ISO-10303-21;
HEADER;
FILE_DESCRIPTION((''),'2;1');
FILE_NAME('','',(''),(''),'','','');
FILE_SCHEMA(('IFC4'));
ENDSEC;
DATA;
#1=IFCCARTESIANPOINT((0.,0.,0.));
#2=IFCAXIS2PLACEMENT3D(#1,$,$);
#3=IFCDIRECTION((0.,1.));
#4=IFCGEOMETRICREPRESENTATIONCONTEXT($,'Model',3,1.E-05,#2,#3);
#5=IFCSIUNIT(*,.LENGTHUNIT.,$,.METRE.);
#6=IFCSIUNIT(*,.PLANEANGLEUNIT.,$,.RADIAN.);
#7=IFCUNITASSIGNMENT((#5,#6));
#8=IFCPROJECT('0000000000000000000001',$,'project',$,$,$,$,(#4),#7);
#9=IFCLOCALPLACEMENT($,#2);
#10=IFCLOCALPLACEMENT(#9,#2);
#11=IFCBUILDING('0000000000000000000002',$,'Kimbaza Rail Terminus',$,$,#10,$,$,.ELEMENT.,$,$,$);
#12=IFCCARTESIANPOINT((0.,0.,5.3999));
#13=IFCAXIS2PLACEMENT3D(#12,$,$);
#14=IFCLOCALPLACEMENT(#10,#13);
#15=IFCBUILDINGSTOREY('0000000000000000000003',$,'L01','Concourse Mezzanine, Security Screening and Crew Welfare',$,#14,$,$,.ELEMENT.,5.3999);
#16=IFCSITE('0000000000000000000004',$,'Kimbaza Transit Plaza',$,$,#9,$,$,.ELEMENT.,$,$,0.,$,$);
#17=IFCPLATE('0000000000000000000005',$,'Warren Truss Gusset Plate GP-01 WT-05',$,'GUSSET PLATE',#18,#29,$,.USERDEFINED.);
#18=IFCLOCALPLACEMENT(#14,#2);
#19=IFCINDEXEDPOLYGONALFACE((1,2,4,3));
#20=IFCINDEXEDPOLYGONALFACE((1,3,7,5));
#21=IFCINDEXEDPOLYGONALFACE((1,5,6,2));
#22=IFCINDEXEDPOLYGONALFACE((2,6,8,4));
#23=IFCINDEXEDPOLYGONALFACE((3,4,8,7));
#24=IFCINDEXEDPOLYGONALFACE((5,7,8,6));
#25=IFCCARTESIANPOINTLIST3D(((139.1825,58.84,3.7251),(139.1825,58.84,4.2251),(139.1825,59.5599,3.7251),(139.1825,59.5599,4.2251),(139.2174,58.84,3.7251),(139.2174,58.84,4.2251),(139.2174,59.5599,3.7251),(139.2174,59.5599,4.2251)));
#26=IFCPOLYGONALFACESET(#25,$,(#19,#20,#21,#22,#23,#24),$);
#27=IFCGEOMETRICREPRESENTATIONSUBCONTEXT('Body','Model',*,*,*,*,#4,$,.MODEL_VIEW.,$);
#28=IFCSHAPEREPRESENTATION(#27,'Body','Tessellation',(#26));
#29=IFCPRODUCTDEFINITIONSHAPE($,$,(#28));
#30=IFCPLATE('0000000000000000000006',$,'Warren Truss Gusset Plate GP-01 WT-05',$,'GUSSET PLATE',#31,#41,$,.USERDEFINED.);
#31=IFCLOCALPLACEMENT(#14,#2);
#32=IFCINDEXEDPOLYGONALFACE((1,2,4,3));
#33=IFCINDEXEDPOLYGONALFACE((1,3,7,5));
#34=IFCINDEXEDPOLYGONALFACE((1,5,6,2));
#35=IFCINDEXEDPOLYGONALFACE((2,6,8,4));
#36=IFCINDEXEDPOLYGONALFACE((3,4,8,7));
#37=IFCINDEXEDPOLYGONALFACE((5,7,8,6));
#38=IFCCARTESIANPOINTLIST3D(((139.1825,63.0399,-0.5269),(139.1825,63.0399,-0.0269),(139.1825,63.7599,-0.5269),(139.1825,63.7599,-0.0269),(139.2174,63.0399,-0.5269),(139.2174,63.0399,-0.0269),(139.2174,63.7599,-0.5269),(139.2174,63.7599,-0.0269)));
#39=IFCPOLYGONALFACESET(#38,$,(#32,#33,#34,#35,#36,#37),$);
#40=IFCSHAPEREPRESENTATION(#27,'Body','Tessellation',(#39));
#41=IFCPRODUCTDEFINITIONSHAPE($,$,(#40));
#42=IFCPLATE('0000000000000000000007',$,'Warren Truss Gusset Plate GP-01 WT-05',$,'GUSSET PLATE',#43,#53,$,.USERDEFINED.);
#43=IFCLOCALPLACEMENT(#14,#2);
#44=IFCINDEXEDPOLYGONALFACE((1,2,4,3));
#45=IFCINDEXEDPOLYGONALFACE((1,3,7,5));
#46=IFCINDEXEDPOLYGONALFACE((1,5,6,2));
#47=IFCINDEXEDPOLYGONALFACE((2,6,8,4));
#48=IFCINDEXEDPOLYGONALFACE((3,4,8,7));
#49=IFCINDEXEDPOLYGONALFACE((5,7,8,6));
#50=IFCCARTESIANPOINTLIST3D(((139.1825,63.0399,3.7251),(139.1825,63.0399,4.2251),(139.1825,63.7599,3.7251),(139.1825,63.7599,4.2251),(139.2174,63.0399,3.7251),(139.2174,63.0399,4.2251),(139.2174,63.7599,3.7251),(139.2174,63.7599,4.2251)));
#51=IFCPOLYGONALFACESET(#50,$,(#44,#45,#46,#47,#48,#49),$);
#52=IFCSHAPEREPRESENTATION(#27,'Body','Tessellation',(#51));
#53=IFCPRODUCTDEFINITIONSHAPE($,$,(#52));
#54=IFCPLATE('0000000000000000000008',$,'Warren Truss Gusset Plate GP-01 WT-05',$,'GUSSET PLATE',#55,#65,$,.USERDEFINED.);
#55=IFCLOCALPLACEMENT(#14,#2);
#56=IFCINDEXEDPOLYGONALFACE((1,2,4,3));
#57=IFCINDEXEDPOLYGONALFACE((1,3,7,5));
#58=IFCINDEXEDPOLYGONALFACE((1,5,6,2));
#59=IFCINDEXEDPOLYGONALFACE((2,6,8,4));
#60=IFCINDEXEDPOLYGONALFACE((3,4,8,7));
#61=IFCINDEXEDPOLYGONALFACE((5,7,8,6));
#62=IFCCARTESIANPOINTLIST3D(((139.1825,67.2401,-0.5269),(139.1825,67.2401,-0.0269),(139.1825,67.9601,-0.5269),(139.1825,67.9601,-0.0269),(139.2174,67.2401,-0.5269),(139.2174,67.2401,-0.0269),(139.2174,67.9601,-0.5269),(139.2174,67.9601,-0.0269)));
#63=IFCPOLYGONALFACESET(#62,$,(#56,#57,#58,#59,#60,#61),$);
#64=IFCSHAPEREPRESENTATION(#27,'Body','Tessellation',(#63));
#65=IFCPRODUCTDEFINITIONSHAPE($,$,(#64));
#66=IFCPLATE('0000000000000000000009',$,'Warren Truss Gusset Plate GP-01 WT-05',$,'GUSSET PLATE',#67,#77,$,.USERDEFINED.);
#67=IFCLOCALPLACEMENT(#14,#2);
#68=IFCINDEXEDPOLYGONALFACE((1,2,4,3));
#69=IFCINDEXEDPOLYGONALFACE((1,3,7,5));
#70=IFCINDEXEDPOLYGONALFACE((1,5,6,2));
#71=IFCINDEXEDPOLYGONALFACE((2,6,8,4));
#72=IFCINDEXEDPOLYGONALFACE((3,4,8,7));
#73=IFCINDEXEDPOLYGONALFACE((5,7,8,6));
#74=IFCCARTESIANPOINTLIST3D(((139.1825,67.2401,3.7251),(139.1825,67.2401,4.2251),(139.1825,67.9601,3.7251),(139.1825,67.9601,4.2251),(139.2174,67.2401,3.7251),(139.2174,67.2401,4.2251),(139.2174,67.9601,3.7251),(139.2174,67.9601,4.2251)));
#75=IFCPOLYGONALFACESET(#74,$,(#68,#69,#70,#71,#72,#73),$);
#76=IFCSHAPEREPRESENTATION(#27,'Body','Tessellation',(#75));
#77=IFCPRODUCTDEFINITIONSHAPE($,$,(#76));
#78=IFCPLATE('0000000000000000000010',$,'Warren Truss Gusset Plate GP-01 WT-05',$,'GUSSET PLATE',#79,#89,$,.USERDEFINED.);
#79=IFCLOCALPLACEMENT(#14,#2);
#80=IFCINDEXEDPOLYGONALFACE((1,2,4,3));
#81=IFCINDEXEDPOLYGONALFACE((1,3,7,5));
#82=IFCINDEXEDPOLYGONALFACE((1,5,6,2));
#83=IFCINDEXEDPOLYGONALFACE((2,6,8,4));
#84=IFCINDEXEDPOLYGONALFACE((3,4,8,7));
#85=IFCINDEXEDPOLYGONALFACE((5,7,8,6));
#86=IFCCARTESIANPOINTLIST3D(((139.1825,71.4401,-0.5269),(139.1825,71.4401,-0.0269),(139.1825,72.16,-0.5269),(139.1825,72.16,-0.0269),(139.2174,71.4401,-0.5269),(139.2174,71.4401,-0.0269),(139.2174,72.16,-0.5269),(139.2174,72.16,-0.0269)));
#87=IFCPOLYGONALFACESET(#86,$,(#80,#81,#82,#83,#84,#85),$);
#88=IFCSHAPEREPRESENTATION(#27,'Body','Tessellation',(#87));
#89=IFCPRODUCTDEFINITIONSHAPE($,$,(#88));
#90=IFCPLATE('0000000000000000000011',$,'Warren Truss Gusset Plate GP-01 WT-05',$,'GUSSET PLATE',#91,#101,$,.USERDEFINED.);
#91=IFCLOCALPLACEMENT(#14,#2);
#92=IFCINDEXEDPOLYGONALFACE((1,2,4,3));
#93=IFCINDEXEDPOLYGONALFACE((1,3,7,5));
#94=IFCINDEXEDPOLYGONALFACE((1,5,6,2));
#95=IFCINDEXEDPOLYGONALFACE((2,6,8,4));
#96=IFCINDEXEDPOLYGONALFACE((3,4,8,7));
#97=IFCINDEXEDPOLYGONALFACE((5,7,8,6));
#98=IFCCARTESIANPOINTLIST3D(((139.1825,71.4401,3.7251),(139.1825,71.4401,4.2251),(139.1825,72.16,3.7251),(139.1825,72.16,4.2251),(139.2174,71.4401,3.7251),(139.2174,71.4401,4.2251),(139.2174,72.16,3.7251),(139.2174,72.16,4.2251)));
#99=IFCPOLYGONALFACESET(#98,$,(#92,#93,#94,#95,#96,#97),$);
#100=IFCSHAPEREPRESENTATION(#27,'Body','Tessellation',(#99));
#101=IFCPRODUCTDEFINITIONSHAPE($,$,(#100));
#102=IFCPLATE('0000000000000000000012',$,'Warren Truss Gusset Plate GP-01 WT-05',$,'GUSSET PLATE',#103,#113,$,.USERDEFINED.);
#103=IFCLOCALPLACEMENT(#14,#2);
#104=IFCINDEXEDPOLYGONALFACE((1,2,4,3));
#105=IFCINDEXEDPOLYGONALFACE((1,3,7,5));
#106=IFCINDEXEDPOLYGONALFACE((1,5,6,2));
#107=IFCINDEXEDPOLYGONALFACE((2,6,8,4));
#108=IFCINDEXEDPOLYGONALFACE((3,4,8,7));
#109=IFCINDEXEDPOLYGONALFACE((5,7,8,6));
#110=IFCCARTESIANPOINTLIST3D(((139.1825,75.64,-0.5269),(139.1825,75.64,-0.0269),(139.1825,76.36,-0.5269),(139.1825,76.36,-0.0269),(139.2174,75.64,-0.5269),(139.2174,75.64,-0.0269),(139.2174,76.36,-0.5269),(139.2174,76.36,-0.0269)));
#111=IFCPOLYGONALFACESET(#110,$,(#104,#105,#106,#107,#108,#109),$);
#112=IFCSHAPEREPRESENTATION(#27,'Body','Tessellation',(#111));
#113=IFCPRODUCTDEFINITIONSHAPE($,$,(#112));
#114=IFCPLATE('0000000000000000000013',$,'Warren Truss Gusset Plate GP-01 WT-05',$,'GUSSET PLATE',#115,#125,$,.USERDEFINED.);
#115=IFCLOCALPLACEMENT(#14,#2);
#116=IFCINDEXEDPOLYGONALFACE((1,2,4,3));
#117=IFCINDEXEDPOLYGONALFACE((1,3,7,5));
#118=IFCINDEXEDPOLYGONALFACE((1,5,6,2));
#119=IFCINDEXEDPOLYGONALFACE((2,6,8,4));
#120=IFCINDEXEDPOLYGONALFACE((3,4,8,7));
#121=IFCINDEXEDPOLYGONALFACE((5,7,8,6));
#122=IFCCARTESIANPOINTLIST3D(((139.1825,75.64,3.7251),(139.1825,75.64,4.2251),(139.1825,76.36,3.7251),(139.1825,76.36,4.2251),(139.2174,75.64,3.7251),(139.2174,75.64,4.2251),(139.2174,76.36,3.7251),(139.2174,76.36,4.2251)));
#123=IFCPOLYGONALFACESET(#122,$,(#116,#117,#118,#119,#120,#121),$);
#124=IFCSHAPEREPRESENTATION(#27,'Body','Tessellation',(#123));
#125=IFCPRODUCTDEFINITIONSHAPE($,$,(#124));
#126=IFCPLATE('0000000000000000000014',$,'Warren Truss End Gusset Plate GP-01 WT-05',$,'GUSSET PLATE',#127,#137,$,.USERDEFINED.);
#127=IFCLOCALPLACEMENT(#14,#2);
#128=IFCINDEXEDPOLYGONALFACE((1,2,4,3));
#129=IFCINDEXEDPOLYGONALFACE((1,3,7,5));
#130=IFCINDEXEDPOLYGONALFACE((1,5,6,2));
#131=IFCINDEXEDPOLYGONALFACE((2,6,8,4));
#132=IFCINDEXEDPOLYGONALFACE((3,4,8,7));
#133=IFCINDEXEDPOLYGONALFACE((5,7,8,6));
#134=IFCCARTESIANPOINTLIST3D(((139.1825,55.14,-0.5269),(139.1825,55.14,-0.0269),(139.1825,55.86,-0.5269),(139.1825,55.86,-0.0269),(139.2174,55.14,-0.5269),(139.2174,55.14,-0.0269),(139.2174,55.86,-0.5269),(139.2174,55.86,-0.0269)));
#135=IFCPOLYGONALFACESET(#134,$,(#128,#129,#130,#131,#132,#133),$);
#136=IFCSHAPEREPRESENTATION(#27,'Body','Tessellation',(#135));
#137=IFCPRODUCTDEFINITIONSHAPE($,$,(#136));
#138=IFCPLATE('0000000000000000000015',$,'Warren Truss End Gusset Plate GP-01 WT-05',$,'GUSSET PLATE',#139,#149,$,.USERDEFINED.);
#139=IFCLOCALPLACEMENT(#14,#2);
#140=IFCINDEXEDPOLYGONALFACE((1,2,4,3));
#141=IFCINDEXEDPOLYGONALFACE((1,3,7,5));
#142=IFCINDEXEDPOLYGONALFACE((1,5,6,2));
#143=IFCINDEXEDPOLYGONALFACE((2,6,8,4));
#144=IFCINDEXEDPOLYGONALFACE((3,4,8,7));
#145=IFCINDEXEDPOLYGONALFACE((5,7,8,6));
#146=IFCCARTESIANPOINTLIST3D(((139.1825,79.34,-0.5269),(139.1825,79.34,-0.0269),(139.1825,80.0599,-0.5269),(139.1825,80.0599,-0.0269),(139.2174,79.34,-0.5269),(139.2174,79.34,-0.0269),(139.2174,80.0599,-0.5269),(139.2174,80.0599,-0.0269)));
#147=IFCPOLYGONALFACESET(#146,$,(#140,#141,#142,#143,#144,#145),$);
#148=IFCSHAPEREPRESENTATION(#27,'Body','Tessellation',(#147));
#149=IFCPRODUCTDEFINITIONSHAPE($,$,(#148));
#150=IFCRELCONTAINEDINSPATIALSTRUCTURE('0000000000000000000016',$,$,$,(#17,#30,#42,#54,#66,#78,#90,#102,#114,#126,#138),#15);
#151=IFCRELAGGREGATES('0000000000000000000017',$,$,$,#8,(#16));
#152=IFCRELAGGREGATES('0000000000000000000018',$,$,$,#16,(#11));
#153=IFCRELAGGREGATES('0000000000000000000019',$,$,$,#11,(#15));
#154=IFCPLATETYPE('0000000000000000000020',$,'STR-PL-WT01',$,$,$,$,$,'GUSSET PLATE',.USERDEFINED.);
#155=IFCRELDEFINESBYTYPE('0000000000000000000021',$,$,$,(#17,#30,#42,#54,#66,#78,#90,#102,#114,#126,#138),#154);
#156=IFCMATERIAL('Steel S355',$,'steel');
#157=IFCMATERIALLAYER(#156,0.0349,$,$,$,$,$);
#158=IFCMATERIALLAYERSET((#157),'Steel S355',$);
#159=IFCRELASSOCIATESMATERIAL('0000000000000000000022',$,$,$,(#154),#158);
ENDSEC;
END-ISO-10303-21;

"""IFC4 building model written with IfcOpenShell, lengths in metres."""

from ifc_helpers import new_model, si_unit, direction, frame, origin, origin_2d, place, context, subcontext, project, spatial, rectangle, extrude, material, layer, layer_set, type_object, element, save


model = new_model("IFC4")

# Units and contexts
model_context = context("Model", 3, precision=1e-05, world=origin(), true_north=direction((0.0, 1.0)))
body_context = subcontext(model_context, "Body", "Model", "MODEL_VIEW")
ifc_project = project(units=[si_unit("LENGTHUNIT", "METRE"), si_unit("PLANEANGLEUNIT", "RADIAN")], contexts=[model_context])

# Site, building, storey
site_placement = place(None, origin())
site = spatial("IfcSite", under=ifc_project, at=site_placement, Name="Kimbaza Transit Plaza", CompositionType="ELEMENT", RefElevation=0.0)
building_placement = place(site_placement, origin())
building = spatial("IfcBuilding", under=site, at=building_placement, Name="Kimbaza Rail Terminus", CompositionType="ELEMENT")
storey_placement = place(building_placement, frame((0.0, 0.0, 5.3999)))
storey = spatial("IfcBuildingStorey", under=building, at=storey_placement, Name="L01", Description="Concourse Mezzanine, Security Screening and Crew Welfare", CompositionType="ELEMENT", Elevation=5.3999)

# Plates
ifc_material_1 = material(Name="Steel S355", Category="steel")
ifc_layer = layer(ifc_material_1, 0.0349)
ifc_layer_set = layer_set([ifc_layer], Name="Steel S355")
plate_type = type_object("IfcPlateType", Name="STR-PL-WT01", ElementType="GUSSET PLATE", PredefinedType="USERDEFINED", material=ifc_layer_set)
for number, where, z_axis, x_axis, name in (
    (1, (139.2, 59.2, 3.7251), (0.0, 0.0, 1.0), (1.0, 0.0, 0.0), "Warren Truss Gusset Plate GP-01 WT-05"),
    (2, (139.2, 63.3999, -0.5269), (0.0, 0.0, 1.0), (1.0, 0.0, 0.0), "Warren Truss Gusset Plate GP-01 WT-05"),
    (3, (139.2, 63.3999, 3.7251), (0.0, 0.0, 1.0), (1.0, 0.0, 0.0), "Warren Truss Gusset Plate GP-01 WT-05"),
    (4, (139.2, 67.6001, -0.5269), (0.0, 0.0, 1.0), (1.0, 0.0, 0.0), "Warren Truss Gusset Plate GP-01 WT-05"),
    (5, (139.2, 67.6001, 3.7251), (0.0, 0.0, 1.0), (1.0, 0.0, 0.0), "Warren Truss Gusset Plate GP-01 WT-05"),
    (6, (139.2, 71.8, -0.5269), (0.0, 0.0, 1.0), (1.0, 0.0, 0.0), "Warren Truss Gusset Plate GP-01 WT-05"),
    (7, (139.2, 71.8, 3.7251), (0.0, 0.0, 1.0), (1.0, 0.0, 0.0), "Warren Truss Gusset Plate GP-01 WT-05"),
    (8, (139.2, 76.0, -0.5269), (0.0, 0.0, 1.0), (1.0, 0.0, 0.0), "Warren Truss Gusset Plate GP-01 WT-05"),
    (9, (139.2, 76.0, 3.7251), (0.0, 0.0, 1.0), (1.0, 0.0, 0.0), "Warren Truss Gusset Plate GP-01 WT-05"),
    (10, (139.2, 55.5, -0.5269), (0.0, 0.0, 1.0), (1.0, 0.0, 0.0), "Warren Truss End Gusset Plate GP-01 WT-05"),
    (11, (139.2, 79.7, -0.5269), (0.0, 0.0, 1.0), (1.0, 0.0, 0.0), "Warren Truss End Gusset Plate GP-01 WT-05"),
):
    element("IfcPlate", number, at=place(storey_placement, frame(where, z_axis=z_axis, x_axis=x_axis)), inside=storey, type_object=plate_type, Name=name, ObjectType="GUSSET PLATE", PredefinedType="USERDEFINED", context=body_context, shape_type="SweptSolid", body=[
        extrude(rectangle(XDim=0.0349, YDim=0.72, at=origin_2d()), origin(), (0.0, 0.0, 1.0), 0.5),
    ])

save(model, "model.ifc")
